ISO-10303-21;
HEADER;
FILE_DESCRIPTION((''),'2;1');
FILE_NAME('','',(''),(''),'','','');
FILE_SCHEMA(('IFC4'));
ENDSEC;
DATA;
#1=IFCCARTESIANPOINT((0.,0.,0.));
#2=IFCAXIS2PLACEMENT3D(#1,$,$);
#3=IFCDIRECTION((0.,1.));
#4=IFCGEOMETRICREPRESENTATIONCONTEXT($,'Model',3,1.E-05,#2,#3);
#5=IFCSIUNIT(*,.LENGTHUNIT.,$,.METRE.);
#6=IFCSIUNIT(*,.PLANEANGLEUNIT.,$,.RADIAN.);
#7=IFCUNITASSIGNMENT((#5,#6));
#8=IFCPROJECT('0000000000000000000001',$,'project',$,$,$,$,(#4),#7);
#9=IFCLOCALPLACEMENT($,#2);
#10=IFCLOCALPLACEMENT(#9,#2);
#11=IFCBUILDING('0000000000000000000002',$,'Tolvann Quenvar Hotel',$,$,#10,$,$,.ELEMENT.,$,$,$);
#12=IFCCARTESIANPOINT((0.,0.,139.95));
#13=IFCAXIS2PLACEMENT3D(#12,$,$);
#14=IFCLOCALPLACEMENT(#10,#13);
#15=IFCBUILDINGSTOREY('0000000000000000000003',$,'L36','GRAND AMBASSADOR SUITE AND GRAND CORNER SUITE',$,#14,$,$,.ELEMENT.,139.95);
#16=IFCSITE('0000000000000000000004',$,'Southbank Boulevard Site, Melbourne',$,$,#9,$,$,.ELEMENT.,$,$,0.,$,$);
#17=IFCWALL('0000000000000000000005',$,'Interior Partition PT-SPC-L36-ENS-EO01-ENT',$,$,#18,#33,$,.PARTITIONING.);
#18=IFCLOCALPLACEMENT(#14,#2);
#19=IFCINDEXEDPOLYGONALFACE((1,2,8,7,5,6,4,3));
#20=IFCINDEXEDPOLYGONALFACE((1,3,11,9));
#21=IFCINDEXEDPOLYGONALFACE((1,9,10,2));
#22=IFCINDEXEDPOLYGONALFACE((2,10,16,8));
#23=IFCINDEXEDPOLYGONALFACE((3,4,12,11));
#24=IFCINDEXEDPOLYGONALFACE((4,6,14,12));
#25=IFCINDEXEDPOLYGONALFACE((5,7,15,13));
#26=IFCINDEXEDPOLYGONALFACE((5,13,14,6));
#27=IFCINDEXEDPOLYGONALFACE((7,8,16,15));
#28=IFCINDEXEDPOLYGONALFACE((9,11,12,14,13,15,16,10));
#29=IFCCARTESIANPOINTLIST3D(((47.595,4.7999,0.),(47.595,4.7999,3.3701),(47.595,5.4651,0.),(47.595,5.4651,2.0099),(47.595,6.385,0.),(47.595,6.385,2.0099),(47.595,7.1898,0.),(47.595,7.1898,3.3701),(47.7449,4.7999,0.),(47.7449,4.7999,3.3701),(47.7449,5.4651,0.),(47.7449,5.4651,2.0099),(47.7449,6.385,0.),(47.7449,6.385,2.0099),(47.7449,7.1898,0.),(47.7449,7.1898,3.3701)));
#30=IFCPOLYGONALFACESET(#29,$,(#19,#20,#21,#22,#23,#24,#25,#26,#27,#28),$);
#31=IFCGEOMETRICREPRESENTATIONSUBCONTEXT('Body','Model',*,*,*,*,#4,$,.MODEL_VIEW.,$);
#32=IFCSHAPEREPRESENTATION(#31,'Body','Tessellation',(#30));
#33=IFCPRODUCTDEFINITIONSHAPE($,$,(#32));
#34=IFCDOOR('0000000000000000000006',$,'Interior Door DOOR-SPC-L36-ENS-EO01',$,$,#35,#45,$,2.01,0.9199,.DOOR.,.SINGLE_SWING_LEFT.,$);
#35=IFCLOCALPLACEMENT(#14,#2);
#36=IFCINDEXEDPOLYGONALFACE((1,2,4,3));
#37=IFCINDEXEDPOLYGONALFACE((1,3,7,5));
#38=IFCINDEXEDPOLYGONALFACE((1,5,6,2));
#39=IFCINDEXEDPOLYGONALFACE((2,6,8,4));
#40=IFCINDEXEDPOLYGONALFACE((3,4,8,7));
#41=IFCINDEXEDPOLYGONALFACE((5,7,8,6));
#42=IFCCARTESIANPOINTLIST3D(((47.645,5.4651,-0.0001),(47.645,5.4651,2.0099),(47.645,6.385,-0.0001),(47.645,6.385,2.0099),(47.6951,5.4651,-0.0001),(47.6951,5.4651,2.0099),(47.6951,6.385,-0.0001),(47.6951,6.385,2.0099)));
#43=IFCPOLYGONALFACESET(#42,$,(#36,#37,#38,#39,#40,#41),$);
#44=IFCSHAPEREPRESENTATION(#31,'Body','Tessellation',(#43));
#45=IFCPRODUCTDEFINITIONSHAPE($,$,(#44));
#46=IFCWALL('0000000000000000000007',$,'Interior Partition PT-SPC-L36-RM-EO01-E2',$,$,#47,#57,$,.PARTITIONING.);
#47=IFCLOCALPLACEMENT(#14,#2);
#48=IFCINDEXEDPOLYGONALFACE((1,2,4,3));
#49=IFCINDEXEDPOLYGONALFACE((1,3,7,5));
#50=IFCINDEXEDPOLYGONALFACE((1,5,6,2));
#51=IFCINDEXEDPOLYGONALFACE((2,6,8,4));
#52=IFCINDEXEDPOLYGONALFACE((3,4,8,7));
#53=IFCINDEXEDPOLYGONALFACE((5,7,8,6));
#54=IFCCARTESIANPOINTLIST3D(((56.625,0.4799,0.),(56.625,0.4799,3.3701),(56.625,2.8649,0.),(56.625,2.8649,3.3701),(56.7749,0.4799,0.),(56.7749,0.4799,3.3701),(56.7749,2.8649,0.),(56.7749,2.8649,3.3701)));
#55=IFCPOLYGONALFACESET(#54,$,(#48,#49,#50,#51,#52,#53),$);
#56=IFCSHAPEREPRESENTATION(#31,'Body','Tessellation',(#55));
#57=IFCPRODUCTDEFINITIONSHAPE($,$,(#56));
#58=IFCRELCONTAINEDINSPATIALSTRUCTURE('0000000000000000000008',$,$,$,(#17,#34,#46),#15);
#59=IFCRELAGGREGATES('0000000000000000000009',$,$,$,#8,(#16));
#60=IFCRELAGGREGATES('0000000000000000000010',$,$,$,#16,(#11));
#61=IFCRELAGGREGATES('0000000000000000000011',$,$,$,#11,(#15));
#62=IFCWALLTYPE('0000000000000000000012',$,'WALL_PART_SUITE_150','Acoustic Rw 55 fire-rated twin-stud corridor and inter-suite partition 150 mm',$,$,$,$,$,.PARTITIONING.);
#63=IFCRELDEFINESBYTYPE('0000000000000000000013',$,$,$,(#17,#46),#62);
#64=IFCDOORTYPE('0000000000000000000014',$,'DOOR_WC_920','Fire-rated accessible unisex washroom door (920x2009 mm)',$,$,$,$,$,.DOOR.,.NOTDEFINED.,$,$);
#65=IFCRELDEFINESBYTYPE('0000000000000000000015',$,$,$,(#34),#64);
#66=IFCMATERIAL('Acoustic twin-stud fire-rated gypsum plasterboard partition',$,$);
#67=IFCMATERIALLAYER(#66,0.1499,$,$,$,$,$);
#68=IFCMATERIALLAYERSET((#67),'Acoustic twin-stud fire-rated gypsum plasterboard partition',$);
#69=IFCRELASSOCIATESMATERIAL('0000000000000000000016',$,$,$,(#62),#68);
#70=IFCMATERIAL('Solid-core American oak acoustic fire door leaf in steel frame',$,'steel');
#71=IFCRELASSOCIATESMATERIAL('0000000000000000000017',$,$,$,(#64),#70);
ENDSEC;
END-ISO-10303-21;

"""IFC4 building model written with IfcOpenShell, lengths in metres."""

from ifc_helpers import new_model, si_unit, direction, frame, frame_2d, origin, place, context, subcontext, project, spatial, rectangle, extrude, source, transform, mapped, material, layer, layer_set, type_object, type_shapes, element, fill, save


model = new_model("IFC4")

# Units and contexts
model_context = context("Model", 3, precision=1e-05, world=origin(), true_north=direction((0.0, 1.0)))
body_context = subcontext(model_context, "Body", "Model", "MODEL_VIEW")
ifc_project = project(units=[si_unit("LENGTHUNIT", "METRE"), si_unit("PLANEANGLEUNIT", "RADIAN")], contexts=[model_context])

# Site, building, storey
site_placement = place(None, origin())
site = spatial("IfcSite", under=ifc_project, at=site_placement, Name="Southbank Boulevard Site, Melbourne", CompositionType="ELEMENT", RefElevation=0.0)
building_placement = place(site_placement, origin())
building = spatial("IfcBuilding", under=site, at=building_placement, Name="Tolvann Quenvar Hotel", CompositionType="ELEMENT")
storey_placement = place(building_placement, frame((0.0, 0.0, 139.95)))
storey = spatial("IfcBuildingStorey", under=building, at=storey_placement, Name="L36", Description="GRAND AMBASSADOR SUITE AND GRAND CORNER SUITE", CompositionType="ELEMENT", Elevation=139.95)

# Wall, opening, door
ifc_material_1 = material(Name="Acoustic twin-stud fire-rated gypsum plasterboard partition")
ifc_layer_1 = layer(ifc_material_1, 0.1499)
ifc_layer_set_1 = layer_set([ifc_layer_1], Name="Acoustic twin-stud fire-rated gypsum plasterboard partition")
wall_type_1 = type_object("IfcWallType", Name="WALL_PART_SUITE_150", Description="Acoustic Rw 55 fire-rated twin-stud corridor and inter-suite partition 150 mm", PredefinedType="PARTITIONING", material=ifc_layer_set_1)
wall_1_placement = place(storey_placement, frame((47.6699, 4.8, 0.0), z_axis=(0.0, 0.0, 1.0), x_axis=(0.0, 1.0, 0.0)))
wall_1 = element("IfcWall", 1, at=wall_1_placement, inside=storey, type_object=wall_type_1, Name="Interior Partition PT-SPC-L36-ENS-EO01-ENT", PredefinedType="PARTITIONING", context=body_context, shape_type="SweptSolid", body=[
    extrude(rectangle(XDim=2.3899, YDim=0.1499, at=frame_2d((1.1948, 0.0))), origin(), (0.0, 0.0, 1.0), 3.3701),
])
opening_1_placement = place(wall_1_placement, frame((0.665, 0.0, 0.0)))
opening_1 = element("IfcOpeningElement", 2, at=opening_1_placement, cuts=wall_1, PredefinedType="OPENING", context=body_context, shape_type="SweptSolid", body=[
    extrude(rectangle(XDim=0.9199, YDim=2.01, at=frame_2d((0.46, 1.0049))), frame((0.0, 0.085, 0.0), z_axis=(0.0, -1.0, 0.0), x_axis=(1.0, 0.0, 0.0)), (0.0, 0.0, 1.0), 0.1699),
])
ifc_material_2 = material(Name="Solid-core American oak acoustic fire door leaf in steel frame", Category="steel")
door_type_1 = type_object("IfcDoorType", Name="DOOR_WC_920", Description="Fire-rated accessible unisex washroom door (920x2009 mm)", OperationType="NOTDEFINED", PredefinedType="DOOR", material=ifc_material_2)
shared_shape_1 = source(origin(), body_context, "Body", "SweptSolid", [
    extrude(rectangle(XDim=0.9199, YDim=2.01, at=frame_2d((0.46, 1.0049))), frame((0.0, 0.0249, 0.0), z_axis=(0.0, -1.0, 0.0), x_axis=(1.0, 0.0, 0.0)), (0.0, 0.0, 1.0), 0.05),
])
type_shapes(door_type_1, [shared_shape_1])
door_1_placement = place(opening_1_placement, origin())
door_1 = element("IfcDoor", 3, at=door_1_placement, inside=storey, type_object=door_type_1, Name="Interior Door DOOR-SPC-L36-ENS-EO01", OperationType="SINGLE_SWING_LEFT", OverallHeight=2.01, OverallWidth=0.9199, PredefinedType="DOOR", context=body_context, shape_type="MappedRepresentation", body=[
    mapped(shared_shape_1, transform((0.0, 0.0, 0.0), x_axis=(1.0, 0.0, 0.0), y_axis=(0.0, 1.0, 0.0), z_axis=(0.0, 0.0, 1.0), scale=1.0)),
])
fill(opening_1, door_1)

# Wall
wall_2_placement = place(storey_placement, frame((56.7, 0.48, 0.0), z_axis=(0.0, 0.0, 1.0), x_axis=(0.0, 1.0, 0.0)))
element("IfcWall", 4, at=wall_2_placement, inside=storey, type_object=wall_type_1, Name="Interior Partition PT-SPC-L36-RM-EO01-E2", PredefinedType="PARTITIONING", context=body_context, shape_type="SweptSolid", body=[
    extrude(rectangle(XDim=2.385, YDim=0.1499, at=frame_2d((1.1924, 0.0))), origin(), (0.0, 0.0, 1.0), 3.3701),
])

save(model, "model.ifc")
